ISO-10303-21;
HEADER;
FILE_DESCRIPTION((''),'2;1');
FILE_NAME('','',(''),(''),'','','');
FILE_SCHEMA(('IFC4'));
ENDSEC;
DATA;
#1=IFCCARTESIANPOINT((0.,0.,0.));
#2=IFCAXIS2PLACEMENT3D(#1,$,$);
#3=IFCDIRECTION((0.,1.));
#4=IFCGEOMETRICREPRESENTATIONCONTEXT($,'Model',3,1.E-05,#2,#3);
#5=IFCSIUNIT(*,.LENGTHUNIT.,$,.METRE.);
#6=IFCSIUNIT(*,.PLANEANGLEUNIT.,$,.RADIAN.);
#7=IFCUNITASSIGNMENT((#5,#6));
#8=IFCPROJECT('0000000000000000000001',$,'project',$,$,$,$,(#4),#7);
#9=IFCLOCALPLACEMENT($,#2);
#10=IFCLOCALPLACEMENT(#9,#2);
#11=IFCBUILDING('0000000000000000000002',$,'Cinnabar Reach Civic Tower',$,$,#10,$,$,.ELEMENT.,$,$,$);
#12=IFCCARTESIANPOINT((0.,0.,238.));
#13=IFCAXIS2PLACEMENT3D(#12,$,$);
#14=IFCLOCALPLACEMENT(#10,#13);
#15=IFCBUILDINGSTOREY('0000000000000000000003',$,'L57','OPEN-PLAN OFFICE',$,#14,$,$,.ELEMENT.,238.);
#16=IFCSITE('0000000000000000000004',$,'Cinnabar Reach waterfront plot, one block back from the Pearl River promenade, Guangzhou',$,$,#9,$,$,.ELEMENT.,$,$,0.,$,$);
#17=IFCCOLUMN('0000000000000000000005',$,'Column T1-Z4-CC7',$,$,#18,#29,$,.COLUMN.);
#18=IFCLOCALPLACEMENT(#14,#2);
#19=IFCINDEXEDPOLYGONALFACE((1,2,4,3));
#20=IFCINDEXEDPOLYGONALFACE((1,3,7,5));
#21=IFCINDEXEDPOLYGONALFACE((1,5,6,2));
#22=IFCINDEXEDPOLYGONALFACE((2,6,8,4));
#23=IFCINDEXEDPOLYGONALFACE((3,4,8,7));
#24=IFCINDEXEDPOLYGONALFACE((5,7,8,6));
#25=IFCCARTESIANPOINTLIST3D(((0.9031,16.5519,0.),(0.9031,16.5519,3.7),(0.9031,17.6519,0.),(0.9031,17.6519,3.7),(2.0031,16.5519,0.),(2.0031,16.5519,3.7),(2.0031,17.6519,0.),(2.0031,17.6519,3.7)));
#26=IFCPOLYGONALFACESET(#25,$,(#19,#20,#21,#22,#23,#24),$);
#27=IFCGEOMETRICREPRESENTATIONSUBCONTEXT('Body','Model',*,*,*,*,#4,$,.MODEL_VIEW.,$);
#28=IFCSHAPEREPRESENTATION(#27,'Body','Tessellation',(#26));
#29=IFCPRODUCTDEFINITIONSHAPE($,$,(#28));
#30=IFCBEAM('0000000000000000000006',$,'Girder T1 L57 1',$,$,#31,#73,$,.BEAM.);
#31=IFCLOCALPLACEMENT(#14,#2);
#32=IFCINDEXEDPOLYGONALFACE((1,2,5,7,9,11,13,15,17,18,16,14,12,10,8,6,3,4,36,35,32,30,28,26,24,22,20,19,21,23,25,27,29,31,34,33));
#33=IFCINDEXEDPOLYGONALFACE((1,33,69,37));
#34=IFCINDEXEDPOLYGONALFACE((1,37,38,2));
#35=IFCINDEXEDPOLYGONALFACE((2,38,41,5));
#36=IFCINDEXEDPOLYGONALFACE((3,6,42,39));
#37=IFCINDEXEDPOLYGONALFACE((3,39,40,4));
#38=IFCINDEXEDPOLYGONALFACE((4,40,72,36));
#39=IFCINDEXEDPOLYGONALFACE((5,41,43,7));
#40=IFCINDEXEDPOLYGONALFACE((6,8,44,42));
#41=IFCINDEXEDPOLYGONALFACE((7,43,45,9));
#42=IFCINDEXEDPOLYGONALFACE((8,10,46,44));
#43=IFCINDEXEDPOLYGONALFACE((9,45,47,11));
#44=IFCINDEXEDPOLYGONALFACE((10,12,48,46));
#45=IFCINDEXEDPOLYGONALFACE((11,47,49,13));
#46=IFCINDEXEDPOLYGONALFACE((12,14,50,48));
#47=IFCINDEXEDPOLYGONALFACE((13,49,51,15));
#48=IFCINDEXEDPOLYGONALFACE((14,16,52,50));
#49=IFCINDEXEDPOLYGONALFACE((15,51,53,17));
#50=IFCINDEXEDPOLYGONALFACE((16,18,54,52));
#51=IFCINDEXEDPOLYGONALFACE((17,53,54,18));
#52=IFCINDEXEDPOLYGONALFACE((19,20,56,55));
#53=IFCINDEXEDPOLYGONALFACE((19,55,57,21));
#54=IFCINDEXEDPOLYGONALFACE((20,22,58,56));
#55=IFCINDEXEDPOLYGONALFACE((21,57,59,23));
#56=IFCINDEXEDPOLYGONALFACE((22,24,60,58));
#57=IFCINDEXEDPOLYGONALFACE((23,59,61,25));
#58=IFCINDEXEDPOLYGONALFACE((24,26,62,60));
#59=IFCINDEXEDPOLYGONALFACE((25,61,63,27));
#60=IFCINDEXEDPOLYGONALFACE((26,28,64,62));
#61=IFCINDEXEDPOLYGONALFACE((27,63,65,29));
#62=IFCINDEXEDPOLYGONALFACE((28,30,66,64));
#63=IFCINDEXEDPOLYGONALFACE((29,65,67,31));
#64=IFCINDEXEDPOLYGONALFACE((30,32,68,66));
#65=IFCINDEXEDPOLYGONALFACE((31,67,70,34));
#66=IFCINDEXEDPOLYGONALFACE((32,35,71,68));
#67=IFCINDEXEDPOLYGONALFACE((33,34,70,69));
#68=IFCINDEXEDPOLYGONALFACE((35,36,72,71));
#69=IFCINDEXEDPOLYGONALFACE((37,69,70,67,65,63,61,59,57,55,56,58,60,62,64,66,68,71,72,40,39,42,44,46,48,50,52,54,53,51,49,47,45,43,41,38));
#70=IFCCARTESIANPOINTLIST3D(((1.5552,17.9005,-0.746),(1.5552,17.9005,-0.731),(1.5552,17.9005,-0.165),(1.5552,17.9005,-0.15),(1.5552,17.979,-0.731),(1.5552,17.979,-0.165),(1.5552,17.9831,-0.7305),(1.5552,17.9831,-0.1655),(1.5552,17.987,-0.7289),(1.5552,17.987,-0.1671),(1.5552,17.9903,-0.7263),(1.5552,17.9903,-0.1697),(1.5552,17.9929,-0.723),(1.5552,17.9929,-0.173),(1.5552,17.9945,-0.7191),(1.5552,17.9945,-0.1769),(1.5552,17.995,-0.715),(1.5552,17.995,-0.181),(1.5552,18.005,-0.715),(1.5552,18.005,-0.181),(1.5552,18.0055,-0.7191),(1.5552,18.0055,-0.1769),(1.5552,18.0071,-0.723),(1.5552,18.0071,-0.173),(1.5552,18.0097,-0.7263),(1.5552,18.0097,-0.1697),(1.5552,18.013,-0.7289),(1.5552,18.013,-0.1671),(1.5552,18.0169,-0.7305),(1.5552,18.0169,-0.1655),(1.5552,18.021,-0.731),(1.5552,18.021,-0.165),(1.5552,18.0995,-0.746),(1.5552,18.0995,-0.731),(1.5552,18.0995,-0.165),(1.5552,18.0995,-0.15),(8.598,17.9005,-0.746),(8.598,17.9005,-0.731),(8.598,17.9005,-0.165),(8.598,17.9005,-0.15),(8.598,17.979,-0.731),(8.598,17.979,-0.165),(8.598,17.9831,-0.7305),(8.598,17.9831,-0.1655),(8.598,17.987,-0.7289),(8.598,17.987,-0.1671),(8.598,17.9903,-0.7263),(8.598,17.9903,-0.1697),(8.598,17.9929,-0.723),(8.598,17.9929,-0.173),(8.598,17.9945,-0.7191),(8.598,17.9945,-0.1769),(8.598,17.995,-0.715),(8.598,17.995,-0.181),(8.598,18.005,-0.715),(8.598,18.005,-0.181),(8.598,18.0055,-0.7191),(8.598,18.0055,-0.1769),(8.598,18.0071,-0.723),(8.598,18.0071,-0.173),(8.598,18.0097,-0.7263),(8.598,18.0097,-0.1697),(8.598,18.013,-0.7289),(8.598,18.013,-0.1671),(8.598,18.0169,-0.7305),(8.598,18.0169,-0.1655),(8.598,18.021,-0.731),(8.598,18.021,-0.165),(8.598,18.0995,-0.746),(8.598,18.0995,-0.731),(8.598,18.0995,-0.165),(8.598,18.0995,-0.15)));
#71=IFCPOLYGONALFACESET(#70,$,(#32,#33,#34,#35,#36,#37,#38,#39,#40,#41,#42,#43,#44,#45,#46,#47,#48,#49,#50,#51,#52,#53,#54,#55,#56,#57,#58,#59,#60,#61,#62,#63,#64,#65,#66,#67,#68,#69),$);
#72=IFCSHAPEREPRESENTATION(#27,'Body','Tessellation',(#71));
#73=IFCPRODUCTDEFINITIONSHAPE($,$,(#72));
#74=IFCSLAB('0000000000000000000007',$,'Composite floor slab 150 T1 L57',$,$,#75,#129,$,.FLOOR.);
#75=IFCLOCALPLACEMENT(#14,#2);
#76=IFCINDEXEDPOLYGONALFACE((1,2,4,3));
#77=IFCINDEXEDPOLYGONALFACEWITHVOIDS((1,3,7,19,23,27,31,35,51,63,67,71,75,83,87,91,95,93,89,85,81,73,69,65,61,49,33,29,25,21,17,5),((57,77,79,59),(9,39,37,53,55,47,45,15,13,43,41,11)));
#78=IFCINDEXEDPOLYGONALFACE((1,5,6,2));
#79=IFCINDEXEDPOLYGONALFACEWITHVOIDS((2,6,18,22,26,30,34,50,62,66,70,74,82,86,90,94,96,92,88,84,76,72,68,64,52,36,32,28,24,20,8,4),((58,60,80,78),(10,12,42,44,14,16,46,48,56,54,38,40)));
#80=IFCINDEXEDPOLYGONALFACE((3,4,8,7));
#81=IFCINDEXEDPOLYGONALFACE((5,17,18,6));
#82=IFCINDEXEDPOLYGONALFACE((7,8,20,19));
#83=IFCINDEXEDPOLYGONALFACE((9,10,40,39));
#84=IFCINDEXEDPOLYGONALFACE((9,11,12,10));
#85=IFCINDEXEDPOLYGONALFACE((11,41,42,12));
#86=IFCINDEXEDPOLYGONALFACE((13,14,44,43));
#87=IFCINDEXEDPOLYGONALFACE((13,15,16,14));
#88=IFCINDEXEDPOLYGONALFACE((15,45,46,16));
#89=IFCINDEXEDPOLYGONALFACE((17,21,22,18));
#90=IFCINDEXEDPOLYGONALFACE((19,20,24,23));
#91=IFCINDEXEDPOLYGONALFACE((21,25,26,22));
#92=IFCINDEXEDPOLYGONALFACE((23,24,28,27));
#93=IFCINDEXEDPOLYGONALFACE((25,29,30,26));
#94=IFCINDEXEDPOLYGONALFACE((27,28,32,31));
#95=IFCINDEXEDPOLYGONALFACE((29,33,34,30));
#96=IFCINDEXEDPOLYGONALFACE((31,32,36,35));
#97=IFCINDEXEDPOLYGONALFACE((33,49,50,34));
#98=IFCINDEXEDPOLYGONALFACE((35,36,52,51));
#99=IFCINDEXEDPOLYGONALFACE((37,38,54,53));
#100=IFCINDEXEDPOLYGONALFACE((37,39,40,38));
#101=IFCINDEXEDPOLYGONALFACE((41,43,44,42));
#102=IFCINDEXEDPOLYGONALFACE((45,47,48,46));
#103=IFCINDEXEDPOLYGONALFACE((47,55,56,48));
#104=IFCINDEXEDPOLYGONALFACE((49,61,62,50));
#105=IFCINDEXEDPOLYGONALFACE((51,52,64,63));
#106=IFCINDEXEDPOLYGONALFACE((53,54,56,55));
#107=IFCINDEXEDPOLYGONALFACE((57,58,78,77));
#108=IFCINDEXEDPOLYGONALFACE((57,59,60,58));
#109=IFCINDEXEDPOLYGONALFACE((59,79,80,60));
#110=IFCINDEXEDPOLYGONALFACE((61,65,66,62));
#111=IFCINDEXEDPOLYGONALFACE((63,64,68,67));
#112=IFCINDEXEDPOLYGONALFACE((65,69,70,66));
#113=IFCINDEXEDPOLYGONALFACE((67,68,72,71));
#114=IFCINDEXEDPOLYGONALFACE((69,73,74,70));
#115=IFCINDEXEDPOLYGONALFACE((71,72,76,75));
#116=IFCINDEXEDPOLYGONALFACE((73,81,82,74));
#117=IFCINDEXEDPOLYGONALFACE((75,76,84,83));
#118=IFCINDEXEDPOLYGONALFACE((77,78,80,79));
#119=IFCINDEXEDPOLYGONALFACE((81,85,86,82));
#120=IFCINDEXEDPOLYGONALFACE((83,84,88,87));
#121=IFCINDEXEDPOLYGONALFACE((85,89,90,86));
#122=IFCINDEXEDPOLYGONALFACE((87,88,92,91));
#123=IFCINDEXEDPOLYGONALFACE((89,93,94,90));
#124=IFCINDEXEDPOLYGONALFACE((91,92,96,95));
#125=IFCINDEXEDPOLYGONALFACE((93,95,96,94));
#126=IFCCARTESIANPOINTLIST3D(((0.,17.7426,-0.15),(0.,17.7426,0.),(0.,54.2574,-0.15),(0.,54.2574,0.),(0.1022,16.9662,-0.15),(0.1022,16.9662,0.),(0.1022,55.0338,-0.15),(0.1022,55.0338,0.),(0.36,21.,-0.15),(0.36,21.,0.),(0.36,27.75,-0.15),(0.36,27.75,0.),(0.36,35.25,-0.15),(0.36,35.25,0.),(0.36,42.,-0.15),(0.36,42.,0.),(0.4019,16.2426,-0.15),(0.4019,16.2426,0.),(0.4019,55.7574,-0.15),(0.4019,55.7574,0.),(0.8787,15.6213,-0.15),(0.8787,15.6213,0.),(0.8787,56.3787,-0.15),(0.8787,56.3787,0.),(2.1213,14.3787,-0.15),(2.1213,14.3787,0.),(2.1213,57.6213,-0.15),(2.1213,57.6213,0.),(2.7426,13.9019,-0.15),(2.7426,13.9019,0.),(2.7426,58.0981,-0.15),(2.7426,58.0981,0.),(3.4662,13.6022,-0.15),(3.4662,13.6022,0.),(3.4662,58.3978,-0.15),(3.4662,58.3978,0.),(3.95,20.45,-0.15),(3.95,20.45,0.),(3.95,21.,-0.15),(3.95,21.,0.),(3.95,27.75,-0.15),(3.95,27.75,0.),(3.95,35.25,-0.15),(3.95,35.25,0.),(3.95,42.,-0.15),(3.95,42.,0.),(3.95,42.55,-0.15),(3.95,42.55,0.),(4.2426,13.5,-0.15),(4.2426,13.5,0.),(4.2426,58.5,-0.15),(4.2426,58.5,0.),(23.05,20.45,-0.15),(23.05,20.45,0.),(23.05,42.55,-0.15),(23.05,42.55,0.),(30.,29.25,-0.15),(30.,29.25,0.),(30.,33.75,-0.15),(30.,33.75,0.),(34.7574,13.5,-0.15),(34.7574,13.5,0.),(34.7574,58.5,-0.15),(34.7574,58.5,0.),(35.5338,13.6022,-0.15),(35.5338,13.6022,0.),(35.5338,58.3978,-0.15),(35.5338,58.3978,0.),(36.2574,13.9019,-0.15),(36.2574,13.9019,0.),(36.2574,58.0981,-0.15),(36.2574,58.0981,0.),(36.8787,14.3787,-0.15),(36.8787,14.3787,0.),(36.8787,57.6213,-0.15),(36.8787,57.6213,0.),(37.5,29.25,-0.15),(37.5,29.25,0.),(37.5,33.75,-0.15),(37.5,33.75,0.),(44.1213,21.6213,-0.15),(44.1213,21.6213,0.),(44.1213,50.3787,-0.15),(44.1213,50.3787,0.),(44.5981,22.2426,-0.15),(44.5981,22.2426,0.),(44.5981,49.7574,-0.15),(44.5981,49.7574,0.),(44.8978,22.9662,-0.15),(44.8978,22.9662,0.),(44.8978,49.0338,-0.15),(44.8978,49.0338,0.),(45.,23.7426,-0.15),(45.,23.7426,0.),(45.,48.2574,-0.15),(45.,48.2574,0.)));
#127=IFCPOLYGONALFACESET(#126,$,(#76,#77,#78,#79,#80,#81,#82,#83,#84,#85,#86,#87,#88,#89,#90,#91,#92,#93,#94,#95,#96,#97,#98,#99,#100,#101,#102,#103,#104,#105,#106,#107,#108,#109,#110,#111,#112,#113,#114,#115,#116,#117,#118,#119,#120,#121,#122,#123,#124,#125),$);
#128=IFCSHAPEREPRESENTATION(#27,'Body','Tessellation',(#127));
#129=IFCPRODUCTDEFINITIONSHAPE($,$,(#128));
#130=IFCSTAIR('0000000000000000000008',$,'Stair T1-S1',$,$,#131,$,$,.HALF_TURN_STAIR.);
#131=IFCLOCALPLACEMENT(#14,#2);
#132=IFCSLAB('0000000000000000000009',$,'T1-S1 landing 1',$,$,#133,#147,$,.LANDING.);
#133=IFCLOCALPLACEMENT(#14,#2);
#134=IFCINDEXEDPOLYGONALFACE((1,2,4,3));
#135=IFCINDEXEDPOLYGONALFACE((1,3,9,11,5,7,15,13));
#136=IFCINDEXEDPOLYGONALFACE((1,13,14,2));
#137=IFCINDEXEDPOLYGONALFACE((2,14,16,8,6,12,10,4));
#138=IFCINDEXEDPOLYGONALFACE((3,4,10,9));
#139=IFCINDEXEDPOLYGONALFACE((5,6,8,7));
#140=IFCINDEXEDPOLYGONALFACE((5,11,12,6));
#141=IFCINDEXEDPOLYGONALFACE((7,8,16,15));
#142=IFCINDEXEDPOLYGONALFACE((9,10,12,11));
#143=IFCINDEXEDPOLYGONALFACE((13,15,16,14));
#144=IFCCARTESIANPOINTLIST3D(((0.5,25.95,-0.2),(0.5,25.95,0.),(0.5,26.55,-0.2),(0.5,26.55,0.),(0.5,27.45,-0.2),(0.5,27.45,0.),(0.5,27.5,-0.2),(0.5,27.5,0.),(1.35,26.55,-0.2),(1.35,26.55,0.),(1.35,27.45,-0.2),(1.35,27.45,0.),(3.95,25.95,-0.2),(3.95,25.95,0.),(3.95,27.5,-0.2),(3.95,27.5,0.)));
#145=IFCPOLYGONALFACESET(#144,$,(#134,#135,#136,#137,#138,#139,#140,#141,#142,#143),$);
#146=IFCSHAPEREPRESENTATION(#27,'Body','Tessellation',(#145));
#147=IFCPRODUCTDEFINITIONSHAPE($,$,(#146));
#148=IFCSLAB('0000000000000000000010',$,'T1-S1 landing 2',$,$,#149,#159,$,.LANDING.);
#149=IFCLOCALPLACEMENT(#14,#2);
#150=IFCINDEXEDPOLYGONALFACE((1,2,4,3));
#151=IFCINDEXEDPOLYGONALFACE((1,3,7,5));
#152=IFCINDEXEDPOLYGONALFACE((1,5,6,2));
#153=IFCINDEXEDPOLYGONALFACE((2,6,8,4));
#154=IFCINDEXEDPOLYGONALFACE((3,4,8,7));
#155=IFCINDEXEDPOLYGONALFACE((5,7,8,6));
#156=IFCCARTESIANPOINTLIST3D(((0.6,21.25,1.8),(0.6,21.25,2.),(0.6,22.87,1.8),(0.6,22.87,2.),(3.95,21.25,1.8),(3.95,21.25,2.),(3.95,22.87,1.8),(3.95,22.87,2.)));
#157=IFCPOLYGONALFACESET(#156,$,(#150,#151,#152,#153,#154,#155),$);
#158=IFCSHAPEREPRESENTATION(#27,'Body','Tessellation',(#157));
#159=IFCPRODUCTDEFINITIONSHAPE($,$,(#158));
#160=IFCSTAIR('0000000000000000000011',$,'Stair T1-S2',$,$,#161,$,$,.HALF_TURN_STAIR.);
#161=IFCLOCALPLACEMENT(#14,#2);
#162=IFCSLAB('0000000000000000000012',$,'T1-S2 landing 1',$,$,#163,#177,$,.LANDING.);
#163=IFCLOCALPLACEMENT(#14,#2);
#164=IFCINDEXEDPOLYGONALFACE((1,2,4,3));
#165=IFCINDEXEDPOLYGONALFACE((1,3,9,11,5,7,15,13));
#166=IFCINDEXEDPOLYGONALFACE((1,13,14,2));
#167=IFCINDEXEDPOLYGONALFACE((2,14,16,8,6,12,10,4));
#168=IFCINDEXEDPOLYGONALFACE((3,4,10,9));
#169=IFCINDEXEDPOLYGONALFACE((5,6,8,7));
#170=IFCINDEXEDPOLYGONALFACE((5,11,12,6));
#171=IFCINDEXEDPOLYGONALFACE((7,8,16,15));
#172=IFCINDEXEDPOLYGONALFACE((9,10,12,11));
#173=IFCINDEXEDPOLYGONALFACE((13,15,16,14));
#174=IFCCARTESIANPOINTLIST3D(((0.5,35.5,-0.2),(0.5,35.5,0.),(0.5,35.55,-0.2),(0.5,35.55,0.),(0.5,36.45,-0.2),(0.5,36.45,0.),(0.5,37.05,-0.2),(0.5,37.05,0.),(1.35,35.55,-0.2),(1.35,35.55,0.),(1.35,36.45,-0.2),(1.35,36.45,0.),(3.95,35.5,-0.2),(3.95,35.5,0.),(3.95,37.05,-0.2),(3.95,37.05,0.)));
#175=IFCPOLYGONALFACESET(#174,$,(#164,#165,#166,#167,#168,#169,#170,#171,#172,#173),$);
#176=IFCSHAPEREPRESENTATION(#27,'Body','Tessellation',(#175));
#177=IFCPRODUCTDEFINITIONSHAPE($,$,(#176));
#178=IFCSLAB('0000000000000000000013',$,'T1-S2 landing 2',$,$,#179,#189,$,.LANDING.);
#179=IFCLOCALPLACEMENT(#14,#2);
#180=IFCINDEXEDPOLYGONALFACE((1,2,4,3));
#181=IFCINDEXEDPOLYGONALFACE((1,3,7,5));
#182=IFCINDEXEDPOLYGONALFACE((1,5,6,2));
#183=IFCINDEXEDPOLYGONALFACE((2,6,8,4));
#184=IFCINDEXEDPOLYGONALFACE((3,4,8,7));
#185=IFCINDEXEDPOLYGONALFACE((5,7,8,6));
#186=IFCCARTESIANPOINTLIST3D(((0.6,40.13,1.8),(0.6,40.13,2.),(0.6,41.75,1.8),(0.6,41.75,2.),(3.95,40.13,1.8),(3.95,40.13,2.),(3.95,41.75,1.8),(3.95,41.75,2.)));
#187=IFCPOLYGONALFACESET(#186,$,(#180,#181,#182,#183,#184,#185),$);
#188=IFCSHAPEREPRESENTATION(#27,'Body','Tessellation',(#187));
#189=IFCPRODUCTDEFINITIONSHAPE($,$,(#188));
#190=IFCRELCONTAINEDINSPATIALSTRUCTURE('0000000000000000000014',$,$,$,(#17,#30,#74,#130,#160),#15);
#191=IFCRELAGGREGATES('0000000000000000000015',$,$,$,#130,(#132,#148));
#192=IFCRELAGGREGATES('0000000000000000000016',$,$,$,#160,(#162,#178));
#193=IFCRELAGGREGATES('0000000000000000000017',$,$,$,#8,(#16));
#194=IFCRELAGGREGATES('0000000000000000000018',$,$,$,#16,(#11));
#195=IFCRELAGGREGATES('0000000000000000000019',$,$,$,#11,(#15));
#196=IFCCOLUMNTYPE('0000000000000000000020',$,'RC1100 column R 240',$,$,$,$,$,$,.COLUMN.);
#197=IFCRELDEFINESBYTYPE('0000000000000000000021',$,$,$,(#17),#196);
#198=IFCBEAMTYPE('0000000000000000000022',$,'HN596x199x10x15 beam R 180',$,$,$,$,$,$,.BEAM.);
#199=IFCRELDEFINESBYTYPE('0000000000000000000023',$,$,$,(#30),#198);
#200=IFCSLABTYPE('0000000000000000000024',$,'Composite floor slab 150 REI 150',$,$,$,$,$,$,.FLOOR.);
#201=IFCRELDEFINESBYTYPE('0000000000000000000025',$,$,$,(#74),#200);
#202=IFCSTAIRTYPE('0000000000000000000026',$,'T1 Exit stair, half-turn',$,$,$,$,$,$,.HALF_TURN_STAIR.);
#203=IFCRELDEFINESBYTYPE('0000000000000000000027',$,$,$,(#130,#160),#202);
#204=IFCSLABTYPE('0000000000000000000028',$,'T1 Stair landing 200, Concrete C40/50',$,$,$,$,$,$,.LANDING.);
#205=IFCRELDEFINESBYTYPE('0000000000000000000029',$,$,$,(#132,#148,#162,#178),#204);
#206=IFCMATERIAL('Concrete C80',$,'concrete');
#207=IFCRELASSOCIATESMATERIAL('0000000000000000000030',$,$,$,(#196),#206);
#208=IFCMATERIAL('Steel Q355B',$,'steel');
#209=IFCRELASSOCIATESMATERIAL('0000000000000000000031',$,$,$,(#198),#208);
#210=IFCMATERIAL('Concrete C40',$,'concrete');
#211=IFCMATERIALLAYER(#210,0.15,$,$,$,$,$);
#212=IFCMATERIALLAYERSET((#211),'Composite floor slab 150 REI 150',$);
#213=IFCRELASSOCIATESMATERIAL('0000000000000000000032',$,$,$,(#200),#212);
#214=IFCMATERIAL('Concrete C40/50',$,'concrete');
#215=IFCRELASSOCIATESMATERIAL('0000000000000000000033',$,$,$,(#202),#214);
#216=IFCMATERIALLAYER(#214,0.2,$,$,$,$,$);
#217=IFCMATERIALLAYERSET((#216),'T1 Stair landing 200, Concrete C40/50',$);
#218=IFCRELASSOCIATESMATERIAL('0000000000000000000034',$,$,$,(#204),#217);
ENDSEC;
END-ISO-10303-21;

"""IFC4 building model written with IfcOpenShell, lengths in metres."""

from ifc_helpers import new_model, si_unit, direction, frame, origin, origin_2d, place, context, subcontext, project, spatial, polyline, rectangle, i_section, outline, extrude, material, layer, layer_set, material_profile, profile_set, type_object, element, aggregate, save


model = new_model("IFC4")

# Units and contexts
model_context = context("Model", 3, precision=1e-05, world=origin(), true_north=direction((0.0, 1.0)))
body_context = subcontext(model_context, "Body", "Model", "MODEL_VIEW")
ifc_project = project(units=[si_unit("LENGTHUNIT", "METRE"), si_unit("PLANEANGLEUNIT", "RADIAN")], contexts=[model_context])

# Site, building, storey
site_placement = place(None, origin())
site = spatial("IfcSite", under=ifc_project, at=site_placement, Name="Cinnabar Reach waterfront plot, one block back from the Pearl River promenade, Guangzhou", CompositionType="ELEMENT", RefElevation=0.0)
building_placement = place(site_placement, origin())
building = spatial("IfcBuilding", under=site, at=building_placement, Name="Cinnabar Reach Civic Tower", CompositionType="ELEMENT")
storey_placement = place(building_placement, frame((0.0, 0.0, 238.0)))
storey = spatial("IfcBuildingStorey", under=building, at=storey_placement, Name="L57", Description="OPEN-PLAN OFFICE", CompositionType="ELEMENT", Elevation=238.0)

# Column
ifc_material_1 = material(Name="Concrete C80", Category="concrete")
ifc_material_profile_1 = material_profile(ifc_material_1, rectangle(XDim=1.1, YDim=1.1, at=origin_2d()), Name="RC1100")
ifc_profile_set_1 = profile_set([ifc_material_profile_1], Name="Concrete C80")
column_type = type_object("IfcColumnType", Name="RC1100 column R 240", PredefinedType="COLUMN", material=ifc_profile_set_1)
column_placement = place(storey_placement, frame((1.4531, 17.1019, 0.0), z_axis=(0.0, 0.0, 1.0), x_axis=(1.0, 0.0, 0.0)))
element("IfcColumn", 1, at=column_placement, inside=storey, type_object=column_type, Name="Column T1-Z4-CC7", PredefinedType="COLUMN", context=body_context, shape_type="SweptSolid", body=[
    extrude(rectangle(XDim=1.1, YDim=1.1, at=origin_2d()), origin(), (0.0, 0.0, 1.0), 3.7),
])

# Beam
ifc_material_2 = material(Name="Steel Q355B", Category="steel")
ifc_material_profile_2 = material_profile(ifc_material_2, i_section(OverallWidth=0.199, OverallDepth=0.596, WebThickness=0.01, FlangeThickness=0.015, FilletRadius=0.016, at=origin_2d()), Name="HN596x199x10x15")
ifc_profile_set_2 = profile_set([ifc_material_profile_2], Name="Steel Q355B")
beam_type = type_object("IfcBeamType", Name="HN596x199x10x15 beam R 180", PredefinedType="BEAM", material=ifc_profile_set_2)
beam_placement = place(storey_placement, frame((1.5552, 18.0, -0.448), z_axis=(1.0, 0.0, 0.0), x_axis=(0.0, 1.0, 0.0)))
element("IfcBeam", 2, at=beam_placement, inside=storey, type_object=beam_type, Name="Girder T1 L57 1", PredefinedType="BEAM", context=body_context, shape_type="SweptSolid", body=[
    extrude(i_section(OverallWidth=0.199, OverallDepth=0.596, WebThickness=0.01, FlangeThickness=0.015, FilletRadius=0.016, at=origin_2d()), origin(), (0.0, 0.0, 1.0), 7.0428),
])

# Slab
ifc_material_3 = material(Name="Concrete C40", Category="concrete")
ifc_layer_1 = layer(ifc_material_3, 0.15)
ifc_layer_set_1 = layer_set([ifc_layer_1], Name="Composite floor slab 150 REI 150")
slab_type_1 = type_object("IfcSlabType", Name="Composite floor slab 150 REI 150", PredefinedType="FLOOR", material=ifc_layer_set_1)
slab_1_placement = place(storey_placement, frame((0.0, 0.0, -0.15)))
element("IfcSlab", 3, at=slab_1_placement, inside=storey, type_object=slab_type_1, Name="Composite floor slab 150 T1 L57", PredefinedType="FLOOR", context=body_context, shape_type="SweptSolid", body=[
    extrude(outline(polyline([(0.8787, 15.6213), (0.4019, 16.2426), (0.1022, 16.9662), (0.0, 17.7426), (0.0, 54.2574), (0.1022, 55.0338), (0.4019, 55.7574), (0.8787, 56.3787), (2.1213, 57.6213), (2.7426, 58.0981), (3.4662, 58.3978), (4.2426, 58.5), (34.7574, 58.5), (35.5338, 58.3978), (36.2574, 58.0981), (36.8787, 57.6213), (44.1213, 50.3787), (44.5981, 49.7574), (44.8978, 49.0338), (45.0, 48.2574), (45.0, 23.7426), (44.8978, 22.9662), (44.5981, 22.2426), (44.1213, 21.6213), (36.8787, 14.3787), (36.2574, 13.9019), (35.5338, 13.6022), (34.7574, 13.5), (4.2426, 13.5), (3.4662, 13.6022), (2.7426, 13.9019), (2.1213, 14.3787), (0.8787, 15.6213)]), holes=[polyline([(0.36, 21.0), (3.95, 21.0), (3.95, 20.45), (23.05, 20.45), (23.05, 42.55), (3.95, 42.55), (3.95, 42.0), (0.36, 42.0), (0.36, 35.25), (3.95, 35.25), (3.95, 27.75), (0.36, 27.75), (0.36, 21.0)]), polyline([(30.0, 33.75), (30.0, 29.25), (37.5, 29.25), (37.5, 33.75), (30.0, 33.75)])]), origin(), (0.0, 0.0, 1.0), 0.15),
])

# Stairs, slabs
ifc_material_4 = material(Name="Concrete C40/50", Category="concrete")
stair_type = type_object("IfcStairType", Name="T1 Exit stair, half-turn", PredefinedType="HALF_TURN_STAIR", material=ifc_material_4)
stair_1_placement = place(storey_placement, origin())
stair_1 = element("IfcStair", 4, at=stair_1_placement, inside=storey, type_object=stair_type, Name="Stair T1-S1", PredefinedType="HALF_TURN_STAIR")
ifc_layer_2 = layer(ifc_material_4, 0.2)
ifc_layer_set_2 = layer_set([ifc_layer_2], Name="T1 Stair landing 200, Concrete C40/50")
slab_type_2 = type_object("IfcSlabType", Name="T1 Stair landing 200, Concrete C40/50", PredefinedType="LANDING", material=ifc_layer_set_2)
slab_2_placement = place(storey_placement, frame((0.0, 0.0, -0.2)))
slab_2 = element("IfcSlab", 5, at=slab_2_placement, type_object=slab_type_2, Name="T1-S1 landing 1", PredefinedType="LANDING", context=body_context, shape_type="SweptSolid", body=[
    extrude(outline(polyline([(0.5, 27.5), (3.95, 27.5), (3.95, 25.95), (0.5, 25.95), (0.5, 26.55), (1.35, 26.55), (1.35, 27.45), (0.5, 27.45), (0.5, 27.5)])), origin(), (0.0, 0.0, 1.0), 0.2),
])
slab_3_placement = place(storey_placement, frame((0.0, 0.0, 1.8)))
slab_3 = element("IfcSlab", 6, at=slab_3_placement, type_object=slab_type_2, Name="T1-S1 landing 2", PredefinedType="LANDING", context=body_context, shape_type="SweptSolid", body=[
    extrude(outline(polyline([(0.6, 21.25), (0.6, 22.87), (3.95, 22.87), (3.95, 21.25), (0.6, 21.25)])), origin(), (0.0, 0.0, 1.0), 0.2),
])
aggregate(stair_1, [slab_2, slab_3])
stair_2_placement = place(storey_placement, origin())
stair_2 = element("IfcStair", 7, at=stair_2_placement, inside=storey, type_object=stair_type, Name="Stair T1-S2", PredefinedType="HALF_TURN_STAIR")
slab_4_placement = place(storey_placement, frame((0.0, 0.0, -0.2)))
slab_4 = element("IfcSlab", 8, at=slab_4_placement, type_object=slab_type_2, Name="T1-S2 landing 1", PredefinedType="LANDING", context=body_context, shape_type="SweptSolid", body=[
    extrude(outline(polyline([(0.5, 37.05), (3.95, 37.05), (3.95, 35.5), (0.5, 35.5), (0.5, 35.55), (1.35, 35.55), (1.35, 36.45), (0.5, 36.45), (0.5, 37.05)])), origin(), (0.0, 0.0, 1.0), 0.2),
])
slab_5_placement = place(storey_placement, frame((0.0, 0.0, 1.8)))
slab_5 = element("IfcSlab", 9, at=slab_5_placement, type_object=slab_type_2, Name="T1-S2 landing 2", PredefinedType="LANDING", context=body_context, shape_type="SweptSolid", body=[
    extrude(outline(polyline([(0.6, 40.13), (0.6, 41.75), (3.95, 41.75), (3.95, 40.13), (0.6, 40.13)])), origin(), (0.0, 0.0, 1.0), 0.2),
])
aggregate(stair_2, [slab_4, slab_5])

save(model, "model.ifc")
